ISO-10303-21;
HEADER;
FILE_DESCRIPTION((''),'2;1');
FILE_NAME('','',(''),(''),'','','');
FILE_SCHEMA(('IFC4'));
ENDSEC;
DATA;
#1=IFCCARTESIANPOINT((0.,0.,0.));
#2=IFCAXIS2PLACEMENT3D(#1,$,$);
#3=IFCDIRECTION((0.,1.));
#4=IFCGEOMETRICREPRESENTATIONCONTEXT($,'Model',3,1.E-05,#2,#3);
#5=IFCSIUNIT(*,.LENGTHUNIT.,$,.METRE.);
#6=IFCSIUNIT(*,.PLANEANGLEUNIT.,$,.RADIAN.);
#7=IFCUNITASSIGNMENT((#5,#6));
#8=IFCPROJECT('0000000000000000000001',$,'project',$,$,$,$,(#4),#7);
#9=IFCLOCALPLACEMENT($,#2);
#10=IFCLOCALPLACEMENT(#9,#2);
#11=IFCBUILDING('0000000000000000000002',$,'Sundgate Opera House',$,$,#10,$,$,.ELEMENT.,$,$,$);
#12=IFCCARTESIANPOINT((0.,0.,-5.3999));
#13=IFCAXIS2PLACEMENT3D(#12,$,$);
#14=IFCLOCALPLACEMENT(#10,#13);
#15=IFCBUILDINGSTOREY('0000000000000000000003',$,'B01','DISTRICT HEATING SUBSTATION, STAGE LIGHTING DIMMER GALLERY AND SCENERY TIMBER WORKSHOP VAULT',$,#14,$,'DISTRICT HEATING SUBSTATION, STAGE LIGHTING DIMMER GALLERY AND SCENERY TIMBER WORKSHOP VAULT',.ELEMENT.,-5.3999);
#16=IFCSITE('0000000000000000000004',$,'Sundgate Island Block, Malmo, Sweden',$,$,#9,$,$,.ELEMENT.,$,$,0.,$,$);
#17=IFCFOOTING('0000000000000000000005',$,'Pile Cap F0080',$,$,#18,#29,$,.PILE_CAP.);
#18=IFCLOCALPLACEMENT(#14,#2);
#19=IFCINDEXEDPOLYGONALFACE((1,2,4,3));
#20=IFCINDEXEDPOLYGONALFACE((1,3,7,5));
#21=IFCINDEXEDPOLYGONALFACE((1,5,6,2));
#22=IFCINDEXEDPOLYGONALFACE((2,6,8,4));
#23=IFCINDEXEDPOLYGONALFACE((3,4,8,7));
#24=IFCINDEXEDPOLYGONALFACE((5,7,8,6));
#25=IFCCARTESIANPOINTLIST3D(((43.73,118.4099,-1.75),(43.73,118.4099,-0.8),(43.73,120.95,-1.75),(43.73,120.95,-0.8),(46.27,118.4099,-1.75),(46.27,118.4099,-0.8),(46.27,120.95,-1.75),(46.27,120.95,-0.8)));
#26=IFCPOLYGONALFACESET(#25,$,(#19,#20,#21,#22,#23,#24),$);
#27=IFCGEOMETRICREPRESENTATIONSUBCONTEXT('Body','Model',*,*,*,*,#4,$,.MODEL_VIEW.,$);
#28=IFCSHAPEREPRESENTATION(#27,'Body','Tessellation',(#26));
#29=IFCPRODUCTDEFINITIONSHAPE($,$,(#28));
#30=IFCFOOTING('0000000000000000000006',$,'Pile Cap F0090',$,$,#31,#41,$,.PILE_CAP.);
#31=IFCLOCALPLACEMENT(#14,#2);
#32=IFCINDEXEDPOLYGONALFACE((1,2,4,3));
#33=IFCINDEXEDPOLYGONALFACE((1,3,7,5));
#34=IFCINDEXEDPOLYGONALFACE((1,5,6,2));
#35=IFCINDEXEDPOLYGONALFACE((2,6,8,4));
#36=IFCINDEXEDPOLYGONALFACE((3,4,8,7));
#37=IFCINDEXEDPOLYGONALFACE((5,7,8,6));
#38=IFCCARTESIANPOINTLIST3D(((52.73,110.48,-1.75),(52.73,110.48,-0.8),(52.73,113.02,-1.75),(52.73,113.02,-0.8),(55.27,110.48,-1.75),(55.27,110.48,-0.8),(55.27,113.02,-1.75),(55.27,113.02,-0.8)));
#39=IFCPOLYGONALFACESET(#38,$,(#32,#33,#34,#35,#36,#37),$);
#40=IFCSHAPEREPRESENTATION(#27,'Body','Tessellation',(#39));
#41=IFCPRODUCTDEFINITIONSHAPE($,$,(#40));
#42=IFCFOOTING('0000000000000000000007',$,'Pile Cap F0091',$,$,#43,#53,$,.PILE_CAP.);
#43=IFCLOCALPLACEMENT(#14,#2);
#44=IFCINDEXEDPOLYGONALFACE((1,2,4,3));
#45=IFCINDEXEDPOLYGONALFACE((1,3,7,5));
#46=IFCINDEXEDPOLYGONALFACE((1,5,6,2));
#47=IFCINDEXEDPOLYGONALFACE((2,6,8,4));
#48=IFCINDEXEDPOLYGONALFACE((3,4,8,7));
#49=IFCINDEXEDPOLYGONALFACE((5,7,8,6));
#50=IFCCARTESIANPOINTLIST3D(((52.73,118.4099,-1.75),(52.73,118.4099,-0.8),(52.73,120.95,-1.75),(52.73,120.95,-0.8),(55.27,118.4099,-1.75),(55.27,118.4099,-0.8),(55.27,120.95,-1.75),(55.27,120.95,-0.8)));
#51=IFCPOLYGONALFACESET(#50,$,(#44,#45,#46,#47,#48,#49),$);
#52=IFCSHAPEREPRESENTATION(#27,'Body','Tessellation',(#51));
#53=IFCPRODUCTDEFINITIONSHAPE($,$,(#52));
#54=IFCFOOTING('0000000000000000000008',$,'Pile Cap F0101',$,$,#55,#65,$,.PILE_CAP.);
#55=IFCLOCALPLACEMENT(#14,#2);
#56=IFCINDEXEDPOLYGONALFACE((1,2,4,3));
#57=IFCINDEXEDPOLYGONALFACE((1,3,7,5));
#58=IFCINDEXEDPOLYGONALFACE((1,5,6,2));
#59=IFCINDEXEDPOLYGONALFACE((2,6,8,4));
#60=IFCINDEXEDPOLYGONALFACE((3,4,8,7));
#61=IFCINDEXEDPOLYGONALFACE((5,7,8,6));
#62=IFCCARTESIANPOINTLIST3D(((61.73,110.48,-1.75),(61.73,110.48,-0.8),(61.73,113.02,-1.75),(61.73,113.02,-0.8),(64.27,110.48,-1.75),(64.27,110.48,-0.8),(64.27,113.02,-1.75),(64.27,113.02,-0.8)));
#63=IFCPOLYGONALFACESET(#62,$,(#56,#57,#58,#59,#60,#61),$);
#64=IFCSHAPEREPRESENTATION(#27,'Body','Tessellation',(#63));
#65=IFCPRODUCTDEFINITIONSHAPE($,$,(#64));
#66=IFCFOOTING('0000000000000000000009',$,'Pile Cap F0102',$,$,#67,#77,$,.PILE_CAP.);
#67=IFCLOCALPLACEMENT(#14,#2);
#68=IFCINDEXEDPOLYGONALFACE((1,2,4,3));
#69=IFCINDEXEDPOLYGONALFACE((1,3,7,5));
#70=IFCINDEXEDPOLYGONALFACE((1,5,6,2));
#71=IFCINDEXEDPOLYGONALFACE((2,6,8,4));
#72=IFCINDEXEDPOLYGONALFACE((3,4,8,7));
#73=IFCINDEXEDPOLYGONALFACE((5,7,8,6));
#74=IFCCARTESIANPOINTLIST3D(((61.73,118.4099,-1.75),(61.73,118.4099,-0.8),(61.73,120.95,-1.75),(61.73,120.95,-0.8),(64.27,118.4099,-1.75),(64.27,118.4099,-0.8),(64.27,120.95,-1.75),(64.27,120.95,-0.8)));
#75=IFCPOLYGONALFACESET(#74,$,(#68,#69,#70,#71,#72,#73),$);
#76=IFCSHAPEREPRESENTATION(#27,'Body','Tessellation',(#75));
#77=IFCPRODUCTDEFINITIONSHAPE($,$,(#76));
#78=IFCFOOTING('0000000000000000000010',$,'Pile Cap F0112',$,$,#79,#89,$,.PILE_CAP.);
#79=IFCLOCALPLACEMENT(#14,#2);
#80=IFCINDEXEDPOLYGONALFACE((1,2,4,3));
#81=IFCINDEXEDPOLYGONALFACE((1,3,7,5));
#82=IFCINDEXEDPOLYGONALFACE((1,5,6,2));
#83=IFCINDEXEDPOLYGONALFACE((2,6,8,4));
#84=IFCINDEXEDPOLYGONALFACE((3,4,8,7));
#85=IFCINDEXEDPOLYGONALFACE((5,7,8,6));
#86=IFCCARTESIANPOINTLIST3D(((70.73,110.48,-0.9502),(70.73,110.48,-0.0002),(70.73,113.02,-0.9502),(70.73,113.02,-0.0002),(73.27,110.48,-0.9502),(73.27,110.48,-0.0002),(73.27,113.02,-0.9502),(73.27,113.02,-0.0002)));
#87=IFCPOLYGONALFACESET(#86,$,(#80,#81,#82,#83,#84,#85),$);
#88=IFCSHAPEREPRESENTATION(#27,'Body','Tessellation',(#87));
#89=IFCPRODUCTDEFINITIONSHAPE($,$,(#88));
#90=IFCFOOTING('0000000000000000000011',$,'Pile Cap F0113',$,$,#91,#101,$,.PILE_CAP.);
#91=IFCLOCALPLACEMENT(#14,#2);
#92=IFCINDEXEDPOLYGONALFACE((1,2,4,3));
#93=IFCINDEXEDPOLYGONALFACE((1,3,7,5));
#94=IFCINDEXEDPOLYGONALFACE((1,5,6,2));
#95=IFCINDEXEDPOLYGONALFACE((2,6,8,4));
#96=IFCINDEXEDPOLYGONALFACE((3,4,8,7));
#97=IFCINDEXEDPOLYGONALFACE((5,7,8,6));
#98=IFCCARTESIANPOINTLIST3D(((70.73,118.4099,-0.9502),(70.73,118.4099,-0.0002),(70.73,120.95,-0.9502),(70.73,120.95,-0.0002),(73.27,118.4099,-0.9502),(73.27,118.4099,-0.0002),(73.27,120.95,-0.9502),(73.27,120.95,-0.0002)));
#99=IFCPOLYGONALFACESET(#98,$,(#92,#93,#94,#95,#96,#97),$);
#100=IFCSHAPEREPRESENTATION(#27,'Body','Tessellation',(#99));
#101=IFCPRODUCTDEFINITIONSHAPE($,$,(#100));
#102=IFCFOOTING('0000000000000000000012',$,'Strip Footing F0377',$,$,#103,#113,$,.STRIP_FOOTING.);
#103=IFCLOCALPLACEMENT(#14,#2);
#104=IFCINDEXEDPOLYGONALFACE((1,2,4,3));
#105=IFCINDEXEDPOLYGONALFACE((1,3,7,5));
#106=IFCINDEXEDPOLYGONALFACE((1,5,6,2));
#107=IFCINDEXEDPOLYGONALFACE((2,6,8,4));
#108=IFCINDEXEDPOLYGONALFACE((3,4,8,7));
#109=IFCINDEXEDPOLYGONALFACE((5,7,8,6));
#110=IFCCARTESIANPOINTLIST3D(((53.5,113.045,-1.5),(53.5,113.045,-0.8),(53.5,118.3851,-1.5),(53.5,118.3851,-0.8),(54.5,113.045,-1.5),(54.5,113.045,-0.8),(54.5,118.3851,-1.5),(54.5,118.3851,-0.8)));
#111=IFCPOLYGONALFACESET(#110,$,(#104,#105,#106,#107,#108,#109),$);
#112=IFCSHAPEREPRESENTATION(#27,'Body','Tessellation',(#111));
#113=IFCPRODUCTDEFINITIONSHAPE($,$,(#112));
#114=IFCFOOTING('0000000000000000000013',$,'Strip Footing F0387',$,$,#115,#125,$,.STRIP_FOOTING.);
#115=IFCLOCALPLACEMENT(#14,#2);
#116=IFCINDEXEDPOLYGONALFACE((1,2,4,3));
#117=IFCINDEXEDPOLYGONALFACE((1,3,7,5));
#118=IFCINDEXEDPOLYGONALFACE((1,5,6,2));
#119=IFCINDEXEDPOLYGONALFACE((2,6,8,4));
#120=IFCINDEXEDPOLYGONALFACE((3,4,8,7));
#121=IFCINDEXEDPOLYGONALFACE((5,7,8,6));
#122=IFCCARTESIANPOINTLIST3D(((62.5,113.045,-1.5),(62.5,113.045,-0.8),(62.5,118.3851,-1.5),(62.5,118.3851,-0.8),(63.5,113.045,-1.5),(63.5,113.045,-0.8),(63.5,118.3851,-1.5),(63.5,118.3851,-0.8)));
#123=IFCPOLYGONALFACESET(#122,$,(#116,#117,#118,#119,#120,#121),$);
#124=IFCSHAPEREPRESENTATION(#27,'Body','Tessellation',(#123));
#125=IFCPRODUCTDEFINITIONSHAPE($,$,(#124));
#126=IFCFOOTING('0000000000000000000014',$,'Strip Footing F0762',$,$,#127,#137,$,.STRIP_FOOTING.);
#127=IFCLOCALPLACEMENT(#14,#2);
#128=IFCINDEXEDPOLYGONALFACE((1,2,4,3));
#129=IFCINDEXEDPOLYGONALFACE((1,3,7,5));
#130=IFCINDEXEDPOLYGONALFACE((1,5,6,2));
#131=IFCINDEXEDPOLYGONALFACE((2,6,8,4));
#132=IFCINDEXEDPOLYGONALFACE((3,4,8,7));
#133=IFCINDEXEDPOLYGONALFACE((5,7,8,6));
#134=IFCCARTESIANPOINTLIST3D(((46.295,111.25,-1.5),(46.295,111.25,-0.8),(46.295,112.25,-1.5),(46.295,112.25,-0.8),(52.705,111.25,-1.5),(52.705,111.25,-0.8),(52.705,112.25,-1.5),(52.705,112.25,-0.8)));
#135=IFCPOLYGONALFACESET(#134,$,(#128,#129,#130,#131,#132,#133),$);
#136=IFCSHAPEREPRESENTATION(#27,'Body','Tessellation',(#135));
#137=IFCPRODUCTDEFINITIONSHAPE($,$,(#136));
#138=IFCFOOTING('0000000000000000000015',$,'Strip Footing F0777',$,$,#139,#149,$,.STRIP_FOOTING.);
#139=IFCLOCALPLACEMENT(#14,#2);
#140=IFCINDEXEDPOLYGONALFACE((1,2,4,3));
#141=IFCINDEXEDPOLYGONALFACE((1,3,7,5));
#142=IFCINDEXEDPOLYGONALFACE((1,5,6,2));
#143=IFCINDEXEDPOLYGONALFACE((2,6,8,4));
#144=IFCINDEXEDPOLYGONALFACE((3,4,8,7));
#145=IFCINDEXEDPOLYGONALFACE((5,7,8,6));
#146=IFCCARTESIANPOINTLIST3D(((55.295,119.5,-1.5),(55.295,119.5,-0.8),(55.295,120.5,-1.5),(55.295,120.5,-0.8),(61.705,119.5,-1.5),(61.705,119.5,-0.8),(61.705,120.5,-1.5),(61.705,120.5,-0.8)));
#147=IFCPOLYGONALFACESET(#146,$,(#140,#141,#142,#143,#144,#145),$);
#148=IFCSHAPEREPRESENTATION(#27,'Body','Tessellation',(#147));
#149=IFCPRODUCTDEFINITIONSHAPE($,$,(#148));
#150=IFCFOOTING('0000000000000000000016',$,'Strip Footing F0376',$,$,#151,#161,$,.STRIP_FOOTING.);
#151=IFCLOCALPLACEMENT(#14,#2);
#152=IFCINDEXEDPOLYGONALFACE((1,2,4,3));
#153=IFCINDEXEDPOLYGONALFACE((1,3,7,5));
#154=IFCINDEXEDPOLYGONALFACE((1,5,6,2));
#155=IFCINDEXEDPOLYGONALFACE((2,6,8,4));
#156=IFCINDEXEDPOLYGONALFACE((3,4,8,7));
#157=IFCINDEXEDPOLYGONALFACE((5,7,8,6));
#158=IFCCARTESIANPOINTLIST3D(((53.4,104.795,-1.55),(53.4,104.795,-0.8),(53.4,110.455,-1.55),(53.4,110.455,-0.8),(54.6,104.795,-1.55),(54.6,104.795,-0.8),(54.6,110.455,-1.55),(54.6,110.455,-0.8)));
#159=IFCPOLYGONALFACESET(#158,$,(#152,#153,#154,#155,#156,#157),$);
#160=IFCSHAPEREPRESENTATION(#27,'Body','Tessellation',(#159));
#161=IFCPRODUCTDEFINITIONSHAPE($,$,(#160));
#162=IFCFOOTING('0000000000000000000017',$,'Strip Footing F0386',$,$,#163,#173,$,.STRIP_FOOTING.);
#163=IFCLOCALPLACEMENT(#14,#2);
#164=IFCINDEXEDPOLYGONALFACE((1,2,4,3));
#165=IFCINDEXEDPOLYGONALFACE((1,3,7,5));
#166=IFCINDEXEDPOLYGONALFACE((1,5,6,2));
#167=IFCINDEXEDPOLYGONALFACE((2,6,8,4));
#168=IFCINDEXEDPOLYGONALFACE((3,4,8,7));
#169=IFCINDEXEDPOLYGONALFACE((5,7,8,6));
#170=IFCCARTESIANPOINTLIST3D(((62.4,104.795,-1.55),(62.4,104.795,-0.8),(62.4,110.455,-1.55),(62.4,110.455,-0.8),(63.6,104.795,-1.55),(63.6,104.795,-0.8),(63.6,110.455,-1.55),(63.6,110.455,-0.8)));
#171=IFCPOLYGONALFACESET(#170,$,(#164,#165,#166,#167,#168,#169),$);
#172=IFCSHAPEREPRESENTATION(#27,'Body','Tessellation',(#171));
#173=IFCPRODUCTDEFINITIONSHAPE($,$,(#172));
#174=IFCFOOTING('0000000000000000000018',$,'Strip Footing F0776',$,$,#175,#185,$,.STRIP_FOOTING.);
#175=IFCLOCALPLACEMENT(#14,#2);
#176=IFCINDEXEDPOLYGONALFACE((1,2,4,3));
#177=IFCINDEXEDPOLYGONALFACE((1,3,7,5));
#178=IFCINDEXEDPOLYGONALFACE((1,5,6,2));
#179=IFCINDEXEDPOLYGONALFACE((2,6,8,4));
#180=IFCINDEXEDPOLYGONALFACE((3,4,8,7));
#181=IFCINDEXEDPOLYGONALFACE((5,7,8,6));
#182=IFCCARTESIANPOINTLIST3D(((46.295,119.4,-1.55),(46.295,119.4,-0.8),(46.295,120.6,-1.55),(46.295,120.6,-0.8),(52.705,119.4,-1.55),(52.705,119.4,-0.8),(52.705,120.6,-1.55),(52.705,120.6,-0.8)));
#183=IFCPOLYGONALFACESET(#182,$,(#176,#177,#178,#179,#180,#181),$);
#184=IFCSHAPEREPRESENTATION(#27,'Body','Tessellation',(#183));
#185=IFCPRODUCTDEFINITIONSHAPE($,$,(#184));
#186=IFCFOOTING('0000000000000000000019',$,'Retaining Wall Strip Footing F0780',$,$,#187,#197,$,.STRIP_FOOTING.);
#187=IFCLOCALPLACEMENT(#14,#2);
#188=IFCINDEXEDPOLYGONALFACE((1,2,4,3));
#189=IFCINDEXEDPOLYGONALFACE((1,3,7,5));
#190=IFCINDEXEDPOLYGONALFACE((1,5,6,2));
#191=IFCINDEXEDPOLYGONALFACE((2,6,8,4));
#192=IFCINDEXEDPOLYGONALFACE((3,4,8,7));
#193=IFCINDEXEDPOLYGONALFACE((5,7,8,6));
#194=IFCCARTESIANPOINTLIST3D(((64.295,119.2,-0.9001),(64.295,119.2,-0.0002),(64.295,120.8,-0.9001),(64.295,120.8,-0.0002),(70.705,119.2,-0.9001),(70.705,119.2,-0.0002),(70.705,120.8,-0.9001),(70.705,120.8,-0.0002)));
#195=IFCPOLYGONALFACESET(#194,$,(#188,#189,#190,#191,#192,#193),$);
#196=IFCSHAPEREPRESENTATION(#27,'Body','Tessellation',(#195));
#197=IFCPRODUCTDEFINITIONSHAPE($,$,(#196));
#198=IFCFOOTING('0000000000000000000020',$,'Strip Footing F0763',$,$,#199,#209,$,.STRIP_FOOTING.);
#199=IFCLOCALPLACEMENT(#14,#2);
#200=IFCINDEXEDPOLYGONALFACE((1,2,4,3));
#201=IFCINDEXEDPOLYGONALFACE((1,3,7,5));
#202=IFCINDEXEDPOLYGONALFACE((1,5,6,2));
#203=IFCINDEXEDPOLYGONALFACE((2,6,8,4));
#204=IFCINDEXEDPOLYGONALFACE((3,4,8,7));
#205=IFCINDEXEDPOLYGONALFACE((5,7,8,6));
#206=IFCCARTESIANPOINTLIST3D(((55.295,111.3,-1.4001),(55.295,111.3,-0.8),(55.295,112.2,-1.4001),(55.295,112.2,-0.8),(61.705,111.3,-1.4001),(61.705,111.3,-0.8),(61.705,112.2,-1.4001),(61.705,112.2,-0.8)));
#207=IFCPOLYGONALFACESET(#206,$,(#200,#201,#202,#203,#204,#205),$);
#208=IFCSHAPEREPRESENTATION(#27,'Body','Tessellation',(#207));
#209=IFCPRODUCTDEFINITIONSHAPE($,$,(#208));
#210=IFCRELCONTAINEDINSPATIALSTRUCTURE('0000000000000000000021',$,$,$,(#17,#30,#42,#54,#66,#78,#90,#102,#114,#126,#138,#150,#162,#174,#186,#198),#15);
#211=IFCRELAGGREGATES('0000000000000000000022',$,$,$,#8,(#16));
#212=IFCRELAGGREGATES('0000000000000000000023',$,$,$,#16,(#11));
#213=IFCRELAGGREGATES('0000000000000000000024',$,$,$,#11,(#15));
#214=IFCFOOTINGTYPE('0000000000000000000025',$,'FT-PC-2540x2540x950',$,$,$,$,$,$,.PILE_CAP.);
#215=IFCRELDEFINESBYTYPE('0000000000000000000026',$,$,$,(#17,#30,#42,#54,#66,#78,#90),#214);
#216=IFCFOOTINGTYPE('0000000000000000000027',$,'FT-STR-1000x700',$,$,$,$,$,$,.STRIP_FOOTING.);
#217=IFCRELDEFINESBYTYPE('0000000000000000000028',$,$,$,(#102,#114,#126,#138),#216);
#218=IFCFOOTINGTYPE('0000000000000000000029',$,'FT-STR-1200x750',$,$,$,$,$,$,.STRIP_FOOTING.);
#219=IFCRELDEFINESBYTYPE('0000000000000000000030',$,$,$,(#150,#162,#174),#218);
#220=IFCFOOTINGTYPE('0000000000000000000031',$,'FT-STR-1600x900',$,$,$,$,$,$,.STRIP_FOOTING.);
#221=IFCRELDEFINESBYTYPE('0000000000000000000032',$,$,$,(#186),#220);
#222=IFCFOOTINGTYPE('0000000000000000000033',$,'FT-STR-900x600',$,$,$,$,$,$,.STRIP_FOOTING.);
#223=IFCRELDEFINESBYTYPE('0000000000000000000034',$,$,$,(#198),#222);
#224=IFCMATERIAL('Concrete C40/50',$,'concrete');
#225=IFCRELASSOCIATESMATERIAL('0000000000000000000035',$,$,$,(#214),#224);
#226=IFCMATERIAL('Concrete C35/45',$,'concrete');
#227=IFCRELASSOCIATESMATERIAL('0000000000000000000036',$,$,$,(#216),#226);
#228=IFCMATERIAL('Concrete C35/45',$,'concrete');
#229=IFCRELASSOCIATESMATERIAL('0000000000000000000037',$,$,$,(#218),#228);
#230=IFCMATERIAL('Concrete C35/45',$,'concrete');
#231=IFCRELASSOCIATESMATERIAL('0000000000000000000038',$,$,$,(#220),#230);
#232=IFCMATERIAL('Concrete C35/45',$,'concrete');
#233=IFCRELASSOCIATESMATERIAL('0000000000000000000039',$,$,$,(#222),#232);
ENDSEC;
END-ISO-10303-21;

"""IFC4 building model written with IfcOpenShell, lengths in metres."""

from ifc_helpers import new_model, si_unit, direction, frame, origin, origin_2d, place, context, subcontext, project, spatial, rectangle, extrude, material, type_object, element, save


model = new_model("IFC4")

# Units and contexts
model_context = context("Model", 3, precision=1e-05, world=origin(), true_north=direction((0.0, 1.0)))
body_context = subcontext(model_context, "Body", "Model", "MODEL_VIEW")
ifc_project = project(units=[si_unit("LENGTHUNIT", "METRE"), si_unit("PLANEANGLEUNIT", "RADIAN")], contexts=[model_context])

# Site, building, storey
site_placement = place(None, origin())
site = spatial("IfcSite", under=ifc_project, at=site_placement, Name="Sundgate Island Block, Malmo, Sweden", CompositionType="ELEMENT", RefElevation=0.0)
building_placement = place(site_placement, origin())
building = spatial("IfcBuilding", under=site, at=building_placement, Name="Sundgate Opera House", CompositionType="ELEMENT")
storey_placement = place(building_placement, frame((0.0, 0.0, -5.3999)))
storey = spatial("IfcBuildingStorey", under=building, at=storey_placement, Name="B01", Description="DISTRICT HEATING SUBSTATION, STAGE LIGHTING DIMMER GALLERY AND SCENERY TIMBER WORKSHOP VAULT", LongName="DISTRICT HEATING SUBSTATION, STAGE LIGHTING DIMMER GALLERY AND SCENERY TIMBER WORKSHOP VAULT", CompositionType="ELEMENT", Elevation=-5.3999)

# Footings
ifc_material_1 = material(Name="Concrete C40/50", Category="concrete")
footing_type_1 = type_object("IfcFootingType", Name="FT-PC-2540x2540x950", PredefinedType="PILE_CAP", material=ifc_material_1)
for number, where, z_axis, x_axis, name in (
    (1, (45.0, 119.6799, -1.75), (0.0, 0.0, 1.0), (1.0, 0.0, 0.0), "Pile Cap F0080"),
    (2, (54.0, 111.75, -1.75), (0.0, 0.0, 1.0), (1.0, 0.0, 0.0), "Pile Cap F0090"),
    (3, (54.0, 119.6799, -1.75), (0.0, 0.0, 1.0), (1.0, 0.0, 0.0), "Pile Cap F0091"),
    (4, (63.0, 111.75, -1.75), (0.0, 0.0, 1.0), (1.0, 0.0, 0.0), "Pile Cap F0101"),
    (5, (63.0, 119.6799, -1.75), (0.0, 0.0, 1.0), (1.0, 0.0, 0.0), "Pile Cap F0102"),
    (6, (72.0, 111.75, -0.9502), (0.0, 0.0, 1.0), (1.0, 0.0, 0.0), "Pile Cap F0112"),
    (7, (72.0, 119.6799, -0.9502), (0.0, 0.0, 1.0), (1.0, 0.0, 0.0), "Pile Cap F0113"),
):
    element("IfcFooting", number, at=place(storey_placement, frame(where, z_axis=z_axis, x_axis=x_axis)), inside=storey, type_object=footing_type_1, Name=name, PredefinedType="PILE_CAP", context=body_context, shape_type="SweptSolid", body=[
        extrude(rectangle(XDim=2.54, YDim=2.54, at=origin_2d()), origin(), (0.0, 0.0, 1.0), 0.95),
    ])
ifc_material_2 = material(Name="Concrete C35/45", Category="concrete")
footing_type_2 = type_object("IfcFootingType", Name="FT-STR-1000x700", PredefinedType="STRIP_FOOTING", material=ifc_material_2)
for number, where, z_axis, x_axis, name in (
    (8, (54.0, 115.7151, -1.5), (0.0, 0.0, 1.0), (1.0, 0.0, 0.0), "Strip Footing F0377"),
    (9, (63.0, 115.7151, -1.5), (0.0, 0.0, 1.0), (1.0, 0.0, 0.0), "Strip Footing F0387"),
):
    element("IfcFooting", number, at=place(storey_placement, frame(where, z_axis=z_axis, x_axis=x_axis)), inside=storey, type_object=footing_type_2, Name=name, PredefinedType="STRIP_FOOTING", context=body_context, shape_type="SweptSolid", body=[
        extrude(rectangle(XDim=1.0, YDim=5.3401, at=origin_2d()), origin(), (0.0, 0.0, 1.0), 0.7),
    ])
for number, where, z_axis, x_axis, name in (
    (10, (49.5, 111.75, -1.5), (0.0, 0.0, 1.0), (1.0, 0.0, 0.0), "Strip Footing F0762"),
    (11, (58.5, 120.0, -1.5), (0.0, 0.0, 1.0), (1.0, 0.0, 0.0), "Strip Footing F0777"),
):
    element("IfcFooting", number, at=place(storey_placement, frame(where, z_axis=z_axis, x_axis=x_axis)), inside=storey, type_object=footing_type_2, Name=name, PredefinedType="STRIP_FOOTING", context=body_context, shape_type="SweptSolid", body=[
        extrude(rectangle(XDim=6.4099, YDim=1.0, at=origin_2d()), origin(), (0.0, 0.0, 1.0), 0.7),
    ])
ifc_material_3 = material(Name="Concrete C35/45", Category="concrete")
footing_type_3 = type_object("IfcFootingType", Name="FT-STR-1200x750", PredefinedType="STRIP_FOOTING", material=ifc_material_3)
for number, where, z_axis, x_axis, name in (
    (12, (54.0, 107.625, -1.55), (0.0, 0.0, 1.0), (1.0, 0.0, 0.0), "Strip Footing F0376"),
    (13, (63.0, 107.625, -1.55), (0.0, 0.0, 1.0), (1.0, 0.0, 0.0), "Strip Footing F0386"),
):
    element("IfcFooting", number, at=place(storey_placement, frame(where, z_axis=z_axis, x_axis=x_axis)), inside=storey, type_object=footing_type_3, Name=name, PredefinedType="STRIP_FOOTING", context=body_context, shape_type="SweptSolid", body=[
        extrude(rectangle(XDim=1.2, YDim=5.6599, at=origin_2d()), origin(), (0.0, 0.0, 1.0), 0.75),
    ])
footing_1_placement = place(storey_placement, frame((49.5, 120.0, -1.55), z_axis=(0.0, 0.0, 1.0), x_axis=(1.0, 0.0, 0.0)))
element("IfcFooting", 14, at=footing_1_placement, inside=storey, type_object=footing_type_3, Name="Strip Footing F0776", PredefinedType="STRIP_FOOTING", context=body_context, shape_type="SweptSolid", body=[
    extrude(rectangle(XDim=6.4099, YDim=1.2, at=origin_2d()), origin(), (0.0, 0.0, 1.0), 0.75),
])
ifc_material_4 = material(Name="Concrete C35/45", Category="concrete")
footing_type_4 = type_object("IfcFootingType", Name="FT-STR-1600x900", PredefinedType="STRIP_FOOTING", material=ifc_material_4)
footing_2_placement = place(storey_placement, frame((67.5, 120.0, -0.9001), z_axis=(0.0, 0.0, 1.0), x_axis=(1.0, 0.0, 0.0)))
element("IfcFooting", 15, at=footing_2_placement, inside=storey, type_object=footing_type_4, Name="Retaining Wall Strip Footing F0780", PredefinedType="STRIP_FOOTING", context=body_context, shape_type="SweptSolid", body=[
    extrude(rectangle(XDim=6.4099, YDim=1.6001, at=origin_2d()), origin(), (0.0, 0.0, 1.0), 0.8999),
])
ifc_material_5 = material(Name="Concrete C35/45", Category="concrete")
footing_type_5 = type_object("IfcFootingType", Name="FT-STR-900x600", PredefinedType="STRIP_FOOTING", material=ifc_material_5)
footing_3_placement = place(storey_placement, frame((58.5, 111.75, -1.4001), z_axis=(0.0, 0.0, 1.0), x_axis=(1.0, 0.0, 0.0)))
element("IfcFooting", 16, at=footing_3_placement, inside=storey, type_object=footing_type_5, Name="Strip Footing F0763", PredefinedType="STRIP_FOOTING", context=body_context, shape_type="SweptSolid", body=[
    extrude(rectangle(XDim=6.4099, YDim=0.8999, at=origin_2d()), origin(), (0.0, 0.0, 1.0), 0.6001),
])

save(model, "model.ifc")
